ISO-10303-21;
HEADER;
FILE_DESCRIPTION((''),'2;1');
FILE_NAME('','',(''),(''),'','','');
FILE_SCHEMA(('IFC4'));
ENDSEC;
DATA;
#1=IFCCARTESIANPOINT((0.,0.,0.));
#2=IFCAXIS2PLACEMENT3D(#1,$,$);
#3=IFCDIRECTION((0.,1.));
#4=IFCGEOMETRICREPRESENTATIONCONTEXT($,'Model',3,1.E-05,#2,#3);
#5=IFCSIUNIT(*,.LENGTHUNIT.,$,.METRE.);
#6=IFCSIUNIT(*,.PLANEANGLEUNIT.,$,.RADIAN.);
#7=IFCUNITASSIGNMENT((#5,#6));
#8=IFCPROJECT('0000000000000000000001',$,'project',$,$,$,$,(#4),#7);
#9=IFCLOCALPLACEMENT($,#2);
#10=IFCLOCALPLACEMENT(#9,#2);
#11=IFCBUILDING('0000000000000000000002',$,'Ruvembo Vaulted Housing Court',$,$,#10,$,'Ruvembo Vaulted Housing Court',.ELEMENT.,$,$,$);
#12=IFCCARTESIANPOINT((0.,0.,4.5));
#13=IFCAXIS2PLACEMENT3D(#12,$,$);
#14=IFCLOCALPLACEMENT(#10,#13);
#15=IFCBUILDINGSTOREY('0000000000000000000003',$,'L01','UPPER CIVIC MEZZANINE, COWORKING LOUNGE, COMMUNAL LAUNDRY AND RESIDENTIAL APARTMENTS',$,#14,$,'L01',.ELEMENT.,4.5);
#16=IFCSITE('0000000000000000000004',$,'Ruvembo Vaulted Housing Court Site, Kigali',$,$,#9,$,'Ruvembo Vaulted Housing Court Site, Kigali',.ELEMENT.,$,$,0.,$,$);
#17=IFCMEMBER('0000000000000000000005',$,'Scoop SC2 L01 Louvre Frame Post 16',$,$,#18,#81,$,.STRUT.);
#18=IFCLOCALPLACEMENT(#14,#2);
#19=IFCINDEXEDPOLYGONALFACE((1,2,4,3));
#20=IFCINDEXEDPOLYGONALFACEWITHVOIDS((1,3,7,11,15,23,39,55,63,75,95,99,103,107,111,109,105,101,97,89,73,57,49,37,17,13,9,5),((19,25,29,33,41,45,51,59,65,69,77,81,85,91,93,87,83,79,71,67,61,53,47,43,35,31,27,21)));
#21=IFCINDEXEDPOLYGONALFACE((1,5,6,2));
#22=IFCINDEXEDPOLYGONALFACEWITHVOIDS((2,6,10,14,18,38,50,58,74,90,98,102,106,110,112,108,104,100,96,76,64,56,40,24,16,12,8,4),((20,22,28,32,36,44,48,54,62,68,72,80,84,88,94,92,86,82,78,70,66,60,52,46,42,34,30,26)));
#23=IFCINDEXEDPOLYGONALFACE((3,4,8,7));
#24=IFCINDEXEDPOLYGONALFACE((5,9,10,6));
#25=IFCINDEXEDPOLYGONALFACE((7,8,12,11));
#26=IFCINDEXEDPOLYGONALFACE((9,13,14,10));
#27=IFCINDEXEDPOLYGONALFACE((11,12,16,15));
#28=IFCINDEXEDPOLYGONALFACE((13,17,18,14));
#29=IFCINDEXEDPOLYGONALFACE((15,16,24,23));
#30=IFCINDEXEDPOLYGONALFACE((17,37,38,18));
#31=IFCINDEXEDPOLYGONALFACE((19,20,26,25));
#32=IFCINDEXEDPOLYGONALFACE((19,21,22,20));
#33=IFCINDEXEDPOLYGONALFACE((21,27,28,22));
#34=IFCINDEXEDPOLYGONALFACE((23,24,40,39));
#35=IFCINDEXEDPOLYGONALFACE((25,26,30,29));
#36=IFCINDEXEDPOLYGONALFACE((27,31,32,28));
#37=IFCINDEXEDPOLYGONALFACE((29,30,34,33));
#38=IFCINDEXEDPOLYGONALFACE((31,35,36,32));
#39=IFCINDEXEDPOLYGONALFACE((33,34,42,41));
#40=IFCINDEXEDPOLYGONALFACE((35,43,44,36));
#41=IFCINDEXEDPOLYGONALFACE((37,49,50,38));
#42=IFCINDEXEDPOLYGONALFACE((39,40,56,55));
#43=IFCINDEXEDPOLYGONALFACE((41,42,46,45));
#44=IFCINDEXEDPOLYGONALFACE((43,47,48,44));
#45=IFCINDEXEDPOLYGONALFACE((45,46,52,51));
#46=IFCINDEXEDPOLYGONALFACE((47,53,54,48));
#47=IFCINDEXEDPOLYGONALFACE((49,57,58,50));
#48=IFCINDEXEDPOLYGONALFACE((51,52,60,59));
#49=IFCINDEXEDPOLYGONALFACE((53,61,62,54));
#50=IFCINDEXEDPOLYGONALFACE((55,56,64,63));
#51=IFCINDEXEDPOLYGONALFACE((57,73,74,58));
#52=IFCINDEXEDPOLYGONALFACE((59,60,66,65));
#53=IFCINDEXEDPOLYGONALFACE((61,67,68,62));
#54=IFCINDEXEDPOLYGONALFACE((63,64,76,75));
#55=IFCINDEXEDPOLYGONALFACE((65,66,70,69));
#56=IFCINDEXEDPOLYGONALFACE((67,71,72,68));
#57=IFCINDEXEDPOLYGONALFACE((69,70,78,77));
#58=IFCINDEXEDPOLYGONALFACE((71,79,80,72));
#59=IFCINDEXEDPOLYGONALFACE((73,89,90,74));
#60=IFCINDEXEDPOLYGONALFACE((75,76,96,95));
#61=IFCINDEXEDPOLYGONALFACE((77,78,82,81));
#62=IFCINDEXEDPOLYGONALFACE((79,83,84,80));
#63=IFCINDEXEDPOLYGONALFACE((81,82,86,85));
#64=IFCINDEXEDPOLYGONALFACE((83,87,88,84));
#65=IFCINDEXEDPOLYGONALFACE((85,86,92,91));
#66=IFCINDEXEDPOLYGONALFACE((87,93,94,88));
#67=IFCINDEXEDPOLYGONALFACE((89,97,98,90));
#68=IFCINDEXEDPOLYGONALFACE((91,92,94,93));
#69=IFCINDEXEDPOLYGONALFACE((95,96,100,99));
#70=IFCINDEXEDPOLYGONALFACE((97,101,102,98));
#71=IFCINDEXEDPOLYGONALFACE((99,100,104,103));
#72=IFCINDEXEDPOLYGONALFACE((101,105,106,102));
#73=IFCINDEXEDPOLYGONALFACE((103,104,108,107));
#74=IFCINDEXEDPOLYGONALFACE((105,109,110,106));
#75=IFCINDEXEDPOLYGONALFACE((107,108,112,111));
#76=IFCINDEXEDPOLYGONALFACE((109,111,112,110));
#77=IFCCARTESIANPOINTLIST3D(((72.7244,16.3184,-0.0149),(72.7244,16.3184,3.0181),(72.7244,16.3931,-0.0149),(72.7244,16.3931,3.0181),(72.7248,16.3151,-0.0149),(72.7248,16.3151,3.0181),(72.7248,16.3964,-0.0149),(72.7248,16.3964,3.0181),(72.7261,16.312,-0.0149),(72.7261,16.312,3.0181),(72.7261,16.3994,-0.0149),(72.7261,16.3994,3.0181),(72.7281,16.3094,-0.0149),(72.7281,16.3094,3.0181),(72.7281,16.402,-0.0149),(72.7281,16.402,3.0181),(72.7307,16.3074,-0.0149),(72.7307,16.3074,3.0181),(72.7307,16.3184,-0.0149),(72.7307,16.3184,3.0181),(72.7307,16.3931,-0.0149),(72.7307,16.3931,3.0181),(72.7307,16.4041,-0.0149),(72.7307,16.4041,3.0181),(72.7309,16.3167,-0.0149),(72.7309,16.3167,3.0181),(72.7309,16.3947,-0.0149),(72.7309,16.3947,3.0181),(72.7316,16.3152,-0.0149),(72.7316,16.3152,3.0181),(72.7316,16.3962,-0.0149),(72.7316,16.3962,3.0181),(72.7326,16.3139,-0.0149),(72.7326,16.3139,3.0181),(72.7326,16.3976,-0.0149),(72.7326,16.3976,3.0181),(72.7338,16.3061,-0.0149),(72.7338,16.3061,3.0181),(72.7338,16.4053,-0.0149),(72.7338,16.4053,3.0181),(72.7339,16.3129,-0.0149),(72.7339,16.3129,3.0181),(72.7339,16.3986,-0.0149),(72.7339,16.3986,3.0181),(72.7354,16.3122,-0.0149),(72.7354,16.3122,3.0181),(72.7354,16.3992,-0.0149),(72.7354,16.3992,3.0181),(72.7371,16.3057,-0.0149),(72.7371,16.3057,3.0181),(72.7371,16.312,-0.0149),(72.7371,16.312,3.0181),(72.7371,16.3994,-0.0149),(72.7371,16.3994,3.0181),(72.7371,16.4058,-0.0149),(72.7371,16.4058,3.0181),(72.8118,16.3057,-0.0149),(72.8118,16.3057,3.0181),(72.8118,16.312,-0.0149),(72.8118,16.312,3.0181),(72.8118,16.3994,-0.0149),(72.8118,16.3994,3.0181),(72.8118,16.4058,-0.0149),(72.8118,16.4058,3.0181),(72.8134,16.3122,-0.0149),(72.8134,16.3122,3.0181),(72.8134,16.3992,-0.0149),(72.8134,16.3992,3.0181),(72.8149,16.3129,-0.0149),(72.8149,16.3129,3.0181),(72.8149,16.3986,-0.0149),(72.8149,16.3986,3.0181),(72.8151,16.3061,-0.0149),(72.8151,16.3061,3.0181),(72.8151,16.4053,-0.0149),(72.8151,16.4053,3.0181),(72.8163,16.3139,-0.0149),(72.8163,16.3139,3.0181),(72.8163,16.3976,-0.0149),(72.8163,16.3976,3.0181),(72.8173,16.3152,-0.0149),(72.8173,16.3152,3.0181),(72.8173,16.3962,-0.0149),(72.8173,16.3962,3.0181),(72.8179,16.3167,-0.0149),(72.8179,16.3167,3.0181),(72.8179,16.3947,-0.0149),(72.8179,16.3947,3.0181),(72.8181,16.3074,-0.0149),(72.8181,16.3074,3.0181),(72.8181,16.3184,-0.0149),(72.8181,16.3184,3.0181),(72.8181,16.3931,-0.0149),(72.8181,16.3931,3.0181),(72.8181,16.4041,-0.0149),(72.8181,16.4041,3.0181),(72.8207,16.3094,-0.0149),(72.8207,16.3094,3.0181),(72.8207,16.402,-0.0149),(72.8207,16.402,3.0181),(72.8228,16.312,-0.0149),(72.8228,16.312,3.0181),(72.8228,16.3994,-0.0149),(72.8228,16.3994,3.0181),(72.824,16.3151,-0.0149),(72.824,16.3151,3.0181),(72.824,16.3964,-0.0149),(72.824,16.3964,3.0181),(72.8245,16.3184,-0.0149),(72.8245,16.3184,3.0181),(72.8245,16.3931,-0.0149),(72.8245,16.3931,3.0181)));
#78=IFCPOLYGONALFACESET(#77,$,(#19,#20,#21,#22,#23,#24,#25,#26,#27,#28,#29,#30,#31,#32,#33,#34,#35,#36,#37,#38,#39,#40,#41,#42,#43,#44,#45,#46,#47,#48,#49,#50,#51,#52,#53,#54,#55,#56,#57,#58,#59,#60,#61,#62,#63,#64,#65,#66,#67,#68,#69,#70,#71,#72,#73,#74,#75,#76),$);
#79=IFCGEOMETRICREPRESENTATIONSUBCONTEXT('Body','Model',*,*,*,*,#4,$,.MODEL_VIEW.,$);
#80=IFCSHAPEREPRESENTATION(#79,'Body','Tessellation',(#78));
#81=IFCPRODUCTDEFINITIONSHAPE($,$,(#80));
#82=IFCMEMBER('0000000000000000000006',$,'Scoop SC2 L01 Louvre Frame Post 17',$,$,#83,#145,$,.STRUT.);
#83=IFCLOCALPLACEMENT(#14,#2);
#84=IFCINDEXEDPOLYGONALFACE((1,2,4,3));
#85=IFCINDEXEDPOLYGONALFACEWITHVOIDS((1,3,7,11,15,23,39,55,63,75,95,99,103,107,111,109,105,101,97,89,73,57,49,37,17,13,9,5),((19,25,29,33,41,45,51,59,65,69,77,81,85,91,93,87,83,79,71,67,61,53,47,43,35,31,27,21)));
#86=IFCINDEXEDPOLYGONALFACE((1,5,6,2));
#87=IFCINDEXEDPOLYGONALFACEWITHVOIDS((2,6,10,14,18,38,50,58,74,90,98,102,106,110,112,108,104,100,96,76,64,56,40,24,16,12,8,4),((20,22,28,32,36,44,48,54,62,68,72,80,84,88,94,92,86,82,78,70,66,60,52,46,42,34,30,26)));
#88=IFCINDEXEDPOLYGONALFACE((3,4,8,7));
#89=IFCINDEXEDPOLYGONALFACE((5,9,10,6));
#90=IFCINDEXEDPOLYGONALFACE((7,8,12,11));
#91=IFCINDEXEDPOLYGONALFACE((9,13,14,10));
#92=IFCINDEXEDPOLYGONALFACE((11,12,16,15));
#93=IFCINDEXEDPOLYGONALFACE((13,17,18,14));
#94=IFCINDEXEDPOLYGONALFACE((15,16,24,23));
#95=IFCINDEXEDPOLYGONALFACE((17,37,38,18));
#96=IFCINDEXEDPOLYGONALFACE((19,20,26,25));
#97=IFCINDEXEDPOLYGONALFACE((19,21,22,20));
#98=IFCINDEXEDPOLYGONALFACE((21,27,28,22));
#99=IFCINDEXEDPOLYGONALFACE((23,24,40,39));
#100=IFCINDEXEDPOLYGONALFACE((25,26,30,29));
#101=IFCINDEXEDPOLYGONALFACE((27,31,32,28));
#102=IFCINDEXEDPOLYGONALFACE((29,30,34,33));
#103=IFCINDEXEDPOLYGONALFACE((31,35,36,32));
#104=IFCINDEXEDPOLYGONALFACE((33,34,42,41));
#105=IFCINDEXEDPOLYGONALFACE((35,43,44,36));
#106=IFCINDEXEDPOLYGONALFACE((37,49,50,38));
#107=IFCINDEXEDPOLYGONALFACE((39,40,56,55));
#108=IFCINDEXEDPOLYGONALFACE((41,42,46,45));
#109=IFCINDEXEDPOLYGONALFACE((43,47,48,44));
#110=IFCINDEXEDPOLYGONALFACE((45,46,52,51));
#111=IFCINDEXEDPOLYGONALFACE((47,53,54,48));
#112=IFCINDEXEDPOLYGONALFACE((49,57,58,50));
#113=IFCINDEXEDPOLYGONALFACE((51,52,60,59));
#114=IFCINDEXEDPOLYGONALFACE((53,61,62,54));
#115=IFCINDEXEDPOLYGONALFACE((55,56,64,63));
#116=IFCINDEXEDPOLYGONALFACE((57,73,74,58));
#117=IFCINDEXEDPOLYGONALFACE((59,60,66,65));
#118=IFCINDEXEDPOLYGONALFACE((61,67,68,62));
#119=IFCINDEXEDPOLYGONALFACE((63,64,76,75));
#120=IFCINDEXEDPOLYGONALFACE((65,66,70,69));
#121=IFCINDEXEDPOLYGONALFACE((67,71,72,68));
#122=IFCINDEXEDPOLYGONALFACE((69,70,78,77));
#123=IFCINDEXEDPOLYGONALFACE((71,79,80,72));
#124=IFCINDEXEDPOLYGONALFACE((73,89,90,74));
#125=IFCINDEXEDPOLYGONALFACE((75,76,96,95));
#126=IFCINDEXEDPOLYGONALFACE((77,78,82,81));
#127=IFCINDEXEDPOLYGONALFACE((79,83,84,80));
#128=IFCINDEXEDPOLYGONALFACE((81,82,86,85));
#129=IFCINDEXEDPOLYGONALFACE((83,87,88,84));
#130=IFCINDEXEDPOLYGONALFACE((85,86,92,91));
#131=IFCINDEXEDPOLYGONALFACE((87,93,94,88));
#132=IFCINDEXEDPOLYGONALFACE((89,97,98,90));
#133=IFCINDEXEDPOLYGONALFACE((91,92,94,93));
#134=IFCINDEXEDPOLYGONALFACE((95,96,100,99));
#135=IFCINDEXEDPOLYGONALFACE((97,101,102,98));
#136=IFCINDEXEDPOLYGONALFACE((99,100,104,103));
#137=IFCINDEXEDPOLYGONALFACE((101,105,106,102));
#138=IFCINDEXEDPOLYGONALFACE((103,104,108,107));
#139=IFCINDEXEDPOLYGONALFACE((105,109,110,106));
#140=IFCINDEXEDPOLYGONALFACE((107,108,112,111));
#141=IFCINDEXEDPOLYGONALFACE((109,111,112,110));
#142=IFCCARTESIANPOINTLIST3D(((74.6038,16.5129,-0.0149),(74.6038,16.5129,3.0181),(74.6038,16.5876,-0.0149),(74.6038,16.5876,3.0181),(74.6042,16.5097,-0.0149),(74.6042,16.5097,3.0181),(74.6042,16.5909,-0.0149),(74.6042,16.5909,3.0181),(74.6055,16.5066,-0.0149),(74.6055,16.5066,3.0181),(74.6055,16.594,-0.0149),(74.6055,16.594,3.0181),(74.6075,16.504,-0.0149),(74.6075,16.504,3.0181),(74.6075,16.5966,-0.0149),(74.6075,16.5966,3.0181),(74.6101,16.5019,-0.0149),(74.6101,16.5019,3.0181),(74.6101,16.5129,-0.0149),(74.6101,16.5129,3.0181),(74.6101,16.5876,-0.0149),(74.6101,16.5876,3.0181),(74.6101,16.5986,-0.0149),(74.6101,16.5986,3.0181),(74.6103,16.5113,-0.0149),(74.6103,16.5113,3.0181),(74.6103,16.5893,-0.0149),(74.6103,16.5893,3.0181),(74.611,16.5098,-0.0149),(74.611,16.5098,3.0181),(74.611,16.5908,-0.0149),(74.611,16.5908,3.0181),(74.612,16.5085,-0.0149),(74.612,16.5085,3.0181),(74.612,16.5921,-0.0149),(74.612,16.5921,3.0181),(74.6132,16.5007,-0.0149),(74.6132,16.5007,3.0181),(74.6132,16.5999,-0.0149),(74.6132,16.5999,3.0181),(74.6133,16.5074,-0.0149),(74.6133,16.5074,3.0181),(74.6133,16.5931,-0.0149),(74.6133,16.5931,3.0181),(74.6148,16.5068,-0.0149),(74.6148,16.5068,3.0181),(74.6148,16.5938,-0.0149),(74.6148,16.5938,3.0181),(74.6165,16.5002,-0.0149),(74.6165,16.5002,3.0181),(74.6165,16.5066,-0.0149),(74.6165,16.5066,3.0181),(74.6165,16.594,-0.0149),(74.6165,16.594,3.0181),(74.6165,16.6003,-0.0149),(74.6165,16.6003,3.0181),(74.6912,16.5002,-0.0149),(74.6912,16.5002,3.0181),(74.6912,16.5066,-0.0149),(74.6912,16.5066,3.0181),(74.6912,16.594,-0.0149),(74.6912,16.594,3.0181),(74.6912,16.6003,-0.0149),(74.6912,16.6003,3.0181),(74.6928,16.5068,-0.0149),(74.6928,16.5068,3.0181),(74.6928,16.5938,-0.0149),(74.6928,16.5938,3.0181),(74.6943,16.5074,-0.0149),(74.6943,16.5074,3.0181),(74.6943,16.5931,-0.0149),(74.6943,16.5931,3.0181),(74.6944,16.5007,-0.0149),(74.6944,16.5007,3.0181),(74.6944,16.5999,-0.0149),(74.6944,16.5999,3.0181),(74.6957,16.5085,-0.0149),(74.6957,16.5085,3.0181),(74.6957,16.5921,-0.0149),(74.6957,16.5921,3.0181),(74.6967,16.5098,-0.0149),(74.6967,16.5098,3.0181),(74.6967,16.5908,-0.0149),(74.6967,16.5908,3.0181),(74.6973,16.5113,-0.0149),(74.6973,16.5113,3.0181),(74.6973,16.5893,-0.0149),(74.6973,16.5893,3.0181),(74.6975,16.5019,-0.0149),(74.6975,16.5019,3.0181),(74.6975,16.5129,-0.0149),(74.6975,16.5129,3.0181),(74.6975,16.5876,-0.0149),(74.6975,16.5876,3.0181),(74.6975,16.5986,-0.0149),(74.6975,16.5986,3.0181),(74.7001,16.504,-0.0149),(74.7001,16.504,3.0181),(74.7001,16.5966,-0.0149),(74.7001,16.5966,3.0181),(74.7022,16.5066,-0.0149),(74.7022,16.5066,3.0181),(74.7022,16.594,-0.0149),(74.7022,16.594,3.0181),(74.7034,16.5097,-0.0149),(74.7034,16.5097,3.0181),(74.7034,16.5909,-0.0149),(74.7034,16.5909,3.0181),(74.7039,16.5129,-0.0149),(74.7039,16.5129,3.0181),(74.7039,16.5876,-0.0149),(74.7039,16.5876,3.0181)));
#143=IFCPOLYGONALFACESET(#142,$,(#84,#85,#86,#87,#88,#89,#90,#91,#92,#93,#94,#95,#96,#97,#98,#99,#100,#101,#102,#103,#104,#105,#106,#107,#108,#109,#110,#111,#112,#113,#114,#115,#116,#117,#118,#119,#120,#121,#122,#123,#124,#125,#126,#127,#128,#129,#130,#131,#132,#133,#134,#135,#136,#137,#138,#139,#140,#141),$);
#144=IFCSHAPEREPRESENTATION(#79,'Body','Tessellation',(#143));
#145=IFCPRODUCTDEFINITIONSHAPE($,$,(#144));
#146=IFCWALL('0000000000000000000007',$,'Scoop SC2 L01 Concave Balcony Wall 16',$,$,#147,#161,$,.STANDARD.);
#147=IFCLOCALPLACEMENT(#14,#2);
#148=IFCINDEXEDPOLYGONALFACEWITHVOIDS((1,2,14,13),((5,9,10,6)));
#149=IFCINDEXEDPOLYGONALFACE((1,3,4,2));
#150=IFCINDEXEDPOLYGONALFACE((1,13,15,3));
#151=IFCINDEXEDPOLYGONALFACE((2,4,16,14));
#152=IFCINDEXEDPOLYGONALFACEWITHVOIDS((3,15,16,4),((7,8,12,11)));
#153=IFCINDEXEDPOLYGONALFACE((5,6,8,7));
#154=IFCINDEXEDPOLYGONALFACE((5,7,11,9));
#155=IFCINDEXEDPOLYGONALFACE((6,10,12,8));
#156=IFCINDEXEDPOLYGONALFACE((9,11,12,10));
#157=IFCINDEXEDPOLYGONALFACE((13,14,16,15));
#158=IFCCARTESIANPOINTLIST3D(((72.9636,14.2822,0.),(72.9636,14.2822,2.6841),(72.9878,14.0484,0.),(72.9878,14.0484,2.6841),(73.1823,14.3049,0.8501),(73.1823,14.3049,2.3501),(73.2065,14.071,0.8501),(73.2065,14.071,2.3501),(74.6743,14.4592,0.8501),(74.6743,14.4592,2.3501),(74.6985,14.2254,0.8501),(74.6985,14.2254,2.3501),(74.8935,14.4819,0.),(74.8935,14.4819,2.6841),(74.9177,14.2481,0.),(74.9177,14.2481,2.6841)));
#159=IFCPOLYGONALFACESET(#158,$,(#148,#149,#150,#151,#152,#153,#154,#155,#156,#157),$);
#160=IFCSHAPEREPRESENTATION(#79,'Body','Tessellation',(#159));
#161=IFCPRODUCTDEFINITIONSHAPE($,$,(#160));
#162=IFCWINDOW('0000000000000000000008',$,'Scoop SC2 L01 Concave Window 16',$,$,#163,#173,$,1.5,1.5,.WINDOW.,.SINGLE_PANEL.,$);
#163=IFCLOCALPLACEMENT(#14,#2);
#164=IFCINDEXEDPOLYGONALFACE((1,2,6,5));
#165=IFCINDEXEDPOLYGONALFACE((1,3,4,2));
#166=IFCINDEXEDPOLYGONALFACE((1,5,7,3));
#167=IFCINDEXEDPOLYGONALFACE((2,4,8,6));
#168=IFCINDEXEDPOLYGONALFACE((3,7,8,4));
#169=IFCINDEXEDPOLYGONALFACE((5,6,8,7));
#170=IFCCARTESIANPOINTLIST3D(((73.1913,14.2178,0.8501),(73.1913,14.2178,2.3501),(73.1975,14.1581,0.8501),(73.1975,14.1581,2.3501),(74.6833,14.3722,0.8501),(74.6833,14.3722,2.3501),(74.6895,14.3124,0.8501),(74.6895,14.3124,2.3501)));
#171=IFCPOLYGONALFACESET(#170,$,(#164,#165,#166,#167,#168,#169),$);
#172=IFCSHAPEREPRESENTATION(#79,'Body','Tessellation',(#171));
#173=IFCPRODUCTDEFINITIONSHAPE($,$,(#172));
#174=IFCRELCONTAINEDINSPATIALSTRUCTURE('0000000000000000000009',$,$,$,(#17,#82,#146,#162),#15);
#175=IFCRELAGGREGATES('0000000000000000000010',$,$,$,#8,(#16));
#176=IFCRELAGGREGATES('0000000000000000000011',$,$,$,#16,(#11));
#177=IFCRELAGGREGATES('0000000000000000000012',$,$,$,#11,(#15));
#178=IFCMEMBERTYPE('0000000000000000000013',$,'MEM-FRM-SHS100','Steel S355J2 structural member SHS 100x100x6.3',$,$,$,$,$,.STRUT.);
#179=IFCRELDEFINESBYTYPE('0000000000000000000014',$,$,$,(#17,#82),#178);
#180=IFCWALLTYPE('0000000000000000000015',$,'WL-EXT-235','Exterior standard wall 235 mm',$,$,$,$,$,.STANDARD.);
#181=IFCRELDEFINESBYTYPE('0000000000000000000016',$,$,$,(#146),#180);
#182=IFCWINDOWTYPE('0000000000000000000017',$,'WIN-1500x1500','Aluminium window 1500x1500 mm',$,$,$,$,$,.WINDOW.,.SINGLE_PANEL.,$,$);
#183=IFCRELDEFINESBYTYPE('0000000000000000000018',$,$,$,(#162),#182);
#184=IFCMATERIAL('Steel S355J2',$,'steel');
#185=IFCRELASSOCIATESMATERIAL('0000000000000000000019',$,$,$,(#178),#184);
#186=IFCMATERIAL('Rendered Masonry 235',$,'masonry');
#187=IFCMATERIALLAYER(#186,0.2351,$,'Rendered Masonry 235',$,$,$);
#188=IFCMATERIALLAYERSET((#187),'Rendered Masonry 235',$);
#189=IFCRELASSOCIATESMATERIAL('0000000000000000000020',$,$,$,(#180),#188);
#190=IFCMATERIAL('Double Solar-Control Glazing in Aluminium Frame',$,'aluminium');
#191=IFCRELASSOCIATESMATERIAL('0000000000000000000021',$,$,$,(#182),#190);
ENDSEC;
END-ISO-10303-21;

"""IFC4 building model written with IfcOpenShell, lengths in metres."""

from ifc_helpers import new_model, si_unit, direction, frame, frame_2d, origin, origin_2d, place, context, subcontext, project, spatial, rectangle, hollow_rectangle, extrude, material, layer, layer_set, material_profile, profile_set, type_object, element, fill, save


model = new_model("IFC4")

# Units and contexts
model_context = context("Model", 3, precision=1e-05, world=origin(), true_north=direction((0.0, 1.0)))
body_context = subcontext(model_context, "Body", "Model", "MODEL_VIEW")
ifc_project = project(units=[si_unit("LENGTHUNIT", "METRE"), si_unit("PLANEANGLEUNIT", "RADIAN")], contexts=[model_context])

# Site, building, storey
site_placement = place(None, origin())
site = spatial("IfcSite", under=ifc_project, at=site_placement, Name="Ruvembo Vaulted Housing Court Site, Kigali", LongName="Ruvembo Vaulted Housing Court Site, Kigali", CompositionType="ELEMENT", RefElevation=0.0)
building_placement = place(site_placement, origin())
building = spatial("IfcBuilding", under=site, at=building_placement, Name="Ruvembo Vaulted Housing Court", LongName="Ruvembo Vaulted Housing Court", CompositionType="ELEMENT")
storey_placement = place(building_placement, frame((0.0, 0.0, 4.5)))
storey = spatial("IfcBuildingStorey", under=building, at=storey_placement, Name="L01", Description="UPPER CIVIC MEZZANINE, COWORKING LOUNGE, COMMUNAL LAUNDRY AND RESIDENTIAL APARTMENTS", LongName="L01", CompositionType="ELEMENT", Elevation=4.5)

# Shared definitions
ifc_material_1 = material(Name="Steel S355J2", Category="steel")

# Members
ifc_material_profile_1 = material_profile(ifc_material_1, hollow_rectangle(XDim=0.1001, YDim=0.1001, WallThickness=0.0063, InnerFilletRadius=0.0063, OuterFilletRadius=0.0127, at=origin_2d()), Name="SHS 100x100x6.3")
ifc_profile_set_1 = profile_set([ifc_material_profile_1], Name="Steel S355J2")
member_type_1 = type_object("IfcMemberType", Name="MEM-FRM-SHS100", Description="Steel S355J2 structural member SHS 100x100x6.3", PredefinedType="STRUT", material=ifc_profile_set_1)
for number, where, z_axis, x_axis, name in (
    (1, (72.7744, 16.3557, -0.0149), (0.0, 0.0, 1.0), (1.0, 0.0, 0.0), "Scoop SC2 L01 Louvre Frame Post 16"),
    (2, (74.6538, 16.5503, -0.0149), (0.0, 0.0, 1.0), (1.0, 0.0, 0.0), "Scoop SC2 L01 Louvre Frame Post 17"),
):
    element("IfcMember", number, at=place(storey_placement, frame(where, z_axis=z_axis, x_axis=x_axis)), inside=storey, type_object=member_type_1, Name=name, PredefinedType="STRUT", context=body_context, shape_type="SweptSolid", body=[
        extrude(hollow_rectangle(XDim=0.1001, YDim=0.1001, WallThickness=0.0063, InnerFilletRadius=0.0063, OuterFilletRadius=0.0127, at=origin_2d()), origin(), (0.0, 0.0, 1.0), 3.033),
    ])

# Wall, opening, window
ifc_material_2 = material(Name="Rendered Masonry 235", Category="masonry")
ifc_layer_1 = layer(ifc_material_2, 0.2351, Name="Rendered Masonry 235")
ifc_layer_set_1 = layer_set([ifc_layer_1], Name="Rendered Masonry 235")
wall_type_1 = type_object("IfcWallType", Name="WL-EXT-235", Description="Exterior standard wall 235 mm", PredefinedType="STANDARD", material=ifc_layer_set_1)
wall_1_placement = place(storey_placement, frame((72.9756, 14.1653, 0.0), z_axis=(0.0, 0.0, 1.0), x_axis=(0.994689, 0.102929, 0.0)))
wall_1 = element("IfcWall", 3, at=wall_1_placement, inside=storey, type_object=wall_type_1, Name="Scoop SC2 L01 Concave Balcony Wall 16", PredefinedType="STANDARD", context=body_context, shape_type="SweptSolid", body=[
    extrude(rectangle(XDim=1.9402, YDim=0.2351, at=frame_2d((0.9702, 0.0))), origin(), (0.0, 0.0, 1.0), 2.6841),
])
opening_1_placement = place(wall_1_placement, frame((0.22, 0.0, 0.8501)))
opening_1 = element("IfcOpeningElement", 4, at=opening_1_placement, cuts=wall_1, PredefinedType="OPENING", context=body_context, shape_type="SweptSolid", body=[
    extrude(rectangle(XDim=1.5, YDim=1.5, at=frame_2d((0.75, 0.75))), frame((0.0, 0.1274, 0.0), z_axis=(0.0, -1.0, 0.0), x_axis=(1.0, 0.0, 0.0)), (0.0, 0.0, 1.0), 0.2551),
])
ifc_material_3 = material(Name="Double Solar-Control Glazing in Aluminium Frame", Category="aluminium")
window_type_1 = type_object("IfcWindowType", Name="WIN-1500x1500", Description="Aluminium window 1500x1500 mm", PartitioningType="SINGLE_PANEL", PredefinedType="WINDOW", material=ifc_material_3)
window_1_placement = place(opening_1_placement, origin())
window_1 = element("IfcWindow", 5, at=window_1_placement, inside=storey, type_object=window_type_1, Name="Scoop SC2 L01 Concave Window 16", OverallHeight=1.5, OverallWidth=1.5, PartitioningType="SINGLE_PANEL", PredefinedType="WINDOW", context=body_context, shape_type="SweptSolid", body=[
    extrude(rectangle(XDim=1.5, YDim=1.5, at=frame_2d((0.75, 0.75))), frame((0.0, 0.03, 0.0), z_axis=(0.0, -1.0, 0.0), x_axis=(1.0, 0.0, 0.0)), (0.0, 0.0, 1.0), 0.0601),
])
fill(opening_1, window_1)

save(model, "model.ifc")
